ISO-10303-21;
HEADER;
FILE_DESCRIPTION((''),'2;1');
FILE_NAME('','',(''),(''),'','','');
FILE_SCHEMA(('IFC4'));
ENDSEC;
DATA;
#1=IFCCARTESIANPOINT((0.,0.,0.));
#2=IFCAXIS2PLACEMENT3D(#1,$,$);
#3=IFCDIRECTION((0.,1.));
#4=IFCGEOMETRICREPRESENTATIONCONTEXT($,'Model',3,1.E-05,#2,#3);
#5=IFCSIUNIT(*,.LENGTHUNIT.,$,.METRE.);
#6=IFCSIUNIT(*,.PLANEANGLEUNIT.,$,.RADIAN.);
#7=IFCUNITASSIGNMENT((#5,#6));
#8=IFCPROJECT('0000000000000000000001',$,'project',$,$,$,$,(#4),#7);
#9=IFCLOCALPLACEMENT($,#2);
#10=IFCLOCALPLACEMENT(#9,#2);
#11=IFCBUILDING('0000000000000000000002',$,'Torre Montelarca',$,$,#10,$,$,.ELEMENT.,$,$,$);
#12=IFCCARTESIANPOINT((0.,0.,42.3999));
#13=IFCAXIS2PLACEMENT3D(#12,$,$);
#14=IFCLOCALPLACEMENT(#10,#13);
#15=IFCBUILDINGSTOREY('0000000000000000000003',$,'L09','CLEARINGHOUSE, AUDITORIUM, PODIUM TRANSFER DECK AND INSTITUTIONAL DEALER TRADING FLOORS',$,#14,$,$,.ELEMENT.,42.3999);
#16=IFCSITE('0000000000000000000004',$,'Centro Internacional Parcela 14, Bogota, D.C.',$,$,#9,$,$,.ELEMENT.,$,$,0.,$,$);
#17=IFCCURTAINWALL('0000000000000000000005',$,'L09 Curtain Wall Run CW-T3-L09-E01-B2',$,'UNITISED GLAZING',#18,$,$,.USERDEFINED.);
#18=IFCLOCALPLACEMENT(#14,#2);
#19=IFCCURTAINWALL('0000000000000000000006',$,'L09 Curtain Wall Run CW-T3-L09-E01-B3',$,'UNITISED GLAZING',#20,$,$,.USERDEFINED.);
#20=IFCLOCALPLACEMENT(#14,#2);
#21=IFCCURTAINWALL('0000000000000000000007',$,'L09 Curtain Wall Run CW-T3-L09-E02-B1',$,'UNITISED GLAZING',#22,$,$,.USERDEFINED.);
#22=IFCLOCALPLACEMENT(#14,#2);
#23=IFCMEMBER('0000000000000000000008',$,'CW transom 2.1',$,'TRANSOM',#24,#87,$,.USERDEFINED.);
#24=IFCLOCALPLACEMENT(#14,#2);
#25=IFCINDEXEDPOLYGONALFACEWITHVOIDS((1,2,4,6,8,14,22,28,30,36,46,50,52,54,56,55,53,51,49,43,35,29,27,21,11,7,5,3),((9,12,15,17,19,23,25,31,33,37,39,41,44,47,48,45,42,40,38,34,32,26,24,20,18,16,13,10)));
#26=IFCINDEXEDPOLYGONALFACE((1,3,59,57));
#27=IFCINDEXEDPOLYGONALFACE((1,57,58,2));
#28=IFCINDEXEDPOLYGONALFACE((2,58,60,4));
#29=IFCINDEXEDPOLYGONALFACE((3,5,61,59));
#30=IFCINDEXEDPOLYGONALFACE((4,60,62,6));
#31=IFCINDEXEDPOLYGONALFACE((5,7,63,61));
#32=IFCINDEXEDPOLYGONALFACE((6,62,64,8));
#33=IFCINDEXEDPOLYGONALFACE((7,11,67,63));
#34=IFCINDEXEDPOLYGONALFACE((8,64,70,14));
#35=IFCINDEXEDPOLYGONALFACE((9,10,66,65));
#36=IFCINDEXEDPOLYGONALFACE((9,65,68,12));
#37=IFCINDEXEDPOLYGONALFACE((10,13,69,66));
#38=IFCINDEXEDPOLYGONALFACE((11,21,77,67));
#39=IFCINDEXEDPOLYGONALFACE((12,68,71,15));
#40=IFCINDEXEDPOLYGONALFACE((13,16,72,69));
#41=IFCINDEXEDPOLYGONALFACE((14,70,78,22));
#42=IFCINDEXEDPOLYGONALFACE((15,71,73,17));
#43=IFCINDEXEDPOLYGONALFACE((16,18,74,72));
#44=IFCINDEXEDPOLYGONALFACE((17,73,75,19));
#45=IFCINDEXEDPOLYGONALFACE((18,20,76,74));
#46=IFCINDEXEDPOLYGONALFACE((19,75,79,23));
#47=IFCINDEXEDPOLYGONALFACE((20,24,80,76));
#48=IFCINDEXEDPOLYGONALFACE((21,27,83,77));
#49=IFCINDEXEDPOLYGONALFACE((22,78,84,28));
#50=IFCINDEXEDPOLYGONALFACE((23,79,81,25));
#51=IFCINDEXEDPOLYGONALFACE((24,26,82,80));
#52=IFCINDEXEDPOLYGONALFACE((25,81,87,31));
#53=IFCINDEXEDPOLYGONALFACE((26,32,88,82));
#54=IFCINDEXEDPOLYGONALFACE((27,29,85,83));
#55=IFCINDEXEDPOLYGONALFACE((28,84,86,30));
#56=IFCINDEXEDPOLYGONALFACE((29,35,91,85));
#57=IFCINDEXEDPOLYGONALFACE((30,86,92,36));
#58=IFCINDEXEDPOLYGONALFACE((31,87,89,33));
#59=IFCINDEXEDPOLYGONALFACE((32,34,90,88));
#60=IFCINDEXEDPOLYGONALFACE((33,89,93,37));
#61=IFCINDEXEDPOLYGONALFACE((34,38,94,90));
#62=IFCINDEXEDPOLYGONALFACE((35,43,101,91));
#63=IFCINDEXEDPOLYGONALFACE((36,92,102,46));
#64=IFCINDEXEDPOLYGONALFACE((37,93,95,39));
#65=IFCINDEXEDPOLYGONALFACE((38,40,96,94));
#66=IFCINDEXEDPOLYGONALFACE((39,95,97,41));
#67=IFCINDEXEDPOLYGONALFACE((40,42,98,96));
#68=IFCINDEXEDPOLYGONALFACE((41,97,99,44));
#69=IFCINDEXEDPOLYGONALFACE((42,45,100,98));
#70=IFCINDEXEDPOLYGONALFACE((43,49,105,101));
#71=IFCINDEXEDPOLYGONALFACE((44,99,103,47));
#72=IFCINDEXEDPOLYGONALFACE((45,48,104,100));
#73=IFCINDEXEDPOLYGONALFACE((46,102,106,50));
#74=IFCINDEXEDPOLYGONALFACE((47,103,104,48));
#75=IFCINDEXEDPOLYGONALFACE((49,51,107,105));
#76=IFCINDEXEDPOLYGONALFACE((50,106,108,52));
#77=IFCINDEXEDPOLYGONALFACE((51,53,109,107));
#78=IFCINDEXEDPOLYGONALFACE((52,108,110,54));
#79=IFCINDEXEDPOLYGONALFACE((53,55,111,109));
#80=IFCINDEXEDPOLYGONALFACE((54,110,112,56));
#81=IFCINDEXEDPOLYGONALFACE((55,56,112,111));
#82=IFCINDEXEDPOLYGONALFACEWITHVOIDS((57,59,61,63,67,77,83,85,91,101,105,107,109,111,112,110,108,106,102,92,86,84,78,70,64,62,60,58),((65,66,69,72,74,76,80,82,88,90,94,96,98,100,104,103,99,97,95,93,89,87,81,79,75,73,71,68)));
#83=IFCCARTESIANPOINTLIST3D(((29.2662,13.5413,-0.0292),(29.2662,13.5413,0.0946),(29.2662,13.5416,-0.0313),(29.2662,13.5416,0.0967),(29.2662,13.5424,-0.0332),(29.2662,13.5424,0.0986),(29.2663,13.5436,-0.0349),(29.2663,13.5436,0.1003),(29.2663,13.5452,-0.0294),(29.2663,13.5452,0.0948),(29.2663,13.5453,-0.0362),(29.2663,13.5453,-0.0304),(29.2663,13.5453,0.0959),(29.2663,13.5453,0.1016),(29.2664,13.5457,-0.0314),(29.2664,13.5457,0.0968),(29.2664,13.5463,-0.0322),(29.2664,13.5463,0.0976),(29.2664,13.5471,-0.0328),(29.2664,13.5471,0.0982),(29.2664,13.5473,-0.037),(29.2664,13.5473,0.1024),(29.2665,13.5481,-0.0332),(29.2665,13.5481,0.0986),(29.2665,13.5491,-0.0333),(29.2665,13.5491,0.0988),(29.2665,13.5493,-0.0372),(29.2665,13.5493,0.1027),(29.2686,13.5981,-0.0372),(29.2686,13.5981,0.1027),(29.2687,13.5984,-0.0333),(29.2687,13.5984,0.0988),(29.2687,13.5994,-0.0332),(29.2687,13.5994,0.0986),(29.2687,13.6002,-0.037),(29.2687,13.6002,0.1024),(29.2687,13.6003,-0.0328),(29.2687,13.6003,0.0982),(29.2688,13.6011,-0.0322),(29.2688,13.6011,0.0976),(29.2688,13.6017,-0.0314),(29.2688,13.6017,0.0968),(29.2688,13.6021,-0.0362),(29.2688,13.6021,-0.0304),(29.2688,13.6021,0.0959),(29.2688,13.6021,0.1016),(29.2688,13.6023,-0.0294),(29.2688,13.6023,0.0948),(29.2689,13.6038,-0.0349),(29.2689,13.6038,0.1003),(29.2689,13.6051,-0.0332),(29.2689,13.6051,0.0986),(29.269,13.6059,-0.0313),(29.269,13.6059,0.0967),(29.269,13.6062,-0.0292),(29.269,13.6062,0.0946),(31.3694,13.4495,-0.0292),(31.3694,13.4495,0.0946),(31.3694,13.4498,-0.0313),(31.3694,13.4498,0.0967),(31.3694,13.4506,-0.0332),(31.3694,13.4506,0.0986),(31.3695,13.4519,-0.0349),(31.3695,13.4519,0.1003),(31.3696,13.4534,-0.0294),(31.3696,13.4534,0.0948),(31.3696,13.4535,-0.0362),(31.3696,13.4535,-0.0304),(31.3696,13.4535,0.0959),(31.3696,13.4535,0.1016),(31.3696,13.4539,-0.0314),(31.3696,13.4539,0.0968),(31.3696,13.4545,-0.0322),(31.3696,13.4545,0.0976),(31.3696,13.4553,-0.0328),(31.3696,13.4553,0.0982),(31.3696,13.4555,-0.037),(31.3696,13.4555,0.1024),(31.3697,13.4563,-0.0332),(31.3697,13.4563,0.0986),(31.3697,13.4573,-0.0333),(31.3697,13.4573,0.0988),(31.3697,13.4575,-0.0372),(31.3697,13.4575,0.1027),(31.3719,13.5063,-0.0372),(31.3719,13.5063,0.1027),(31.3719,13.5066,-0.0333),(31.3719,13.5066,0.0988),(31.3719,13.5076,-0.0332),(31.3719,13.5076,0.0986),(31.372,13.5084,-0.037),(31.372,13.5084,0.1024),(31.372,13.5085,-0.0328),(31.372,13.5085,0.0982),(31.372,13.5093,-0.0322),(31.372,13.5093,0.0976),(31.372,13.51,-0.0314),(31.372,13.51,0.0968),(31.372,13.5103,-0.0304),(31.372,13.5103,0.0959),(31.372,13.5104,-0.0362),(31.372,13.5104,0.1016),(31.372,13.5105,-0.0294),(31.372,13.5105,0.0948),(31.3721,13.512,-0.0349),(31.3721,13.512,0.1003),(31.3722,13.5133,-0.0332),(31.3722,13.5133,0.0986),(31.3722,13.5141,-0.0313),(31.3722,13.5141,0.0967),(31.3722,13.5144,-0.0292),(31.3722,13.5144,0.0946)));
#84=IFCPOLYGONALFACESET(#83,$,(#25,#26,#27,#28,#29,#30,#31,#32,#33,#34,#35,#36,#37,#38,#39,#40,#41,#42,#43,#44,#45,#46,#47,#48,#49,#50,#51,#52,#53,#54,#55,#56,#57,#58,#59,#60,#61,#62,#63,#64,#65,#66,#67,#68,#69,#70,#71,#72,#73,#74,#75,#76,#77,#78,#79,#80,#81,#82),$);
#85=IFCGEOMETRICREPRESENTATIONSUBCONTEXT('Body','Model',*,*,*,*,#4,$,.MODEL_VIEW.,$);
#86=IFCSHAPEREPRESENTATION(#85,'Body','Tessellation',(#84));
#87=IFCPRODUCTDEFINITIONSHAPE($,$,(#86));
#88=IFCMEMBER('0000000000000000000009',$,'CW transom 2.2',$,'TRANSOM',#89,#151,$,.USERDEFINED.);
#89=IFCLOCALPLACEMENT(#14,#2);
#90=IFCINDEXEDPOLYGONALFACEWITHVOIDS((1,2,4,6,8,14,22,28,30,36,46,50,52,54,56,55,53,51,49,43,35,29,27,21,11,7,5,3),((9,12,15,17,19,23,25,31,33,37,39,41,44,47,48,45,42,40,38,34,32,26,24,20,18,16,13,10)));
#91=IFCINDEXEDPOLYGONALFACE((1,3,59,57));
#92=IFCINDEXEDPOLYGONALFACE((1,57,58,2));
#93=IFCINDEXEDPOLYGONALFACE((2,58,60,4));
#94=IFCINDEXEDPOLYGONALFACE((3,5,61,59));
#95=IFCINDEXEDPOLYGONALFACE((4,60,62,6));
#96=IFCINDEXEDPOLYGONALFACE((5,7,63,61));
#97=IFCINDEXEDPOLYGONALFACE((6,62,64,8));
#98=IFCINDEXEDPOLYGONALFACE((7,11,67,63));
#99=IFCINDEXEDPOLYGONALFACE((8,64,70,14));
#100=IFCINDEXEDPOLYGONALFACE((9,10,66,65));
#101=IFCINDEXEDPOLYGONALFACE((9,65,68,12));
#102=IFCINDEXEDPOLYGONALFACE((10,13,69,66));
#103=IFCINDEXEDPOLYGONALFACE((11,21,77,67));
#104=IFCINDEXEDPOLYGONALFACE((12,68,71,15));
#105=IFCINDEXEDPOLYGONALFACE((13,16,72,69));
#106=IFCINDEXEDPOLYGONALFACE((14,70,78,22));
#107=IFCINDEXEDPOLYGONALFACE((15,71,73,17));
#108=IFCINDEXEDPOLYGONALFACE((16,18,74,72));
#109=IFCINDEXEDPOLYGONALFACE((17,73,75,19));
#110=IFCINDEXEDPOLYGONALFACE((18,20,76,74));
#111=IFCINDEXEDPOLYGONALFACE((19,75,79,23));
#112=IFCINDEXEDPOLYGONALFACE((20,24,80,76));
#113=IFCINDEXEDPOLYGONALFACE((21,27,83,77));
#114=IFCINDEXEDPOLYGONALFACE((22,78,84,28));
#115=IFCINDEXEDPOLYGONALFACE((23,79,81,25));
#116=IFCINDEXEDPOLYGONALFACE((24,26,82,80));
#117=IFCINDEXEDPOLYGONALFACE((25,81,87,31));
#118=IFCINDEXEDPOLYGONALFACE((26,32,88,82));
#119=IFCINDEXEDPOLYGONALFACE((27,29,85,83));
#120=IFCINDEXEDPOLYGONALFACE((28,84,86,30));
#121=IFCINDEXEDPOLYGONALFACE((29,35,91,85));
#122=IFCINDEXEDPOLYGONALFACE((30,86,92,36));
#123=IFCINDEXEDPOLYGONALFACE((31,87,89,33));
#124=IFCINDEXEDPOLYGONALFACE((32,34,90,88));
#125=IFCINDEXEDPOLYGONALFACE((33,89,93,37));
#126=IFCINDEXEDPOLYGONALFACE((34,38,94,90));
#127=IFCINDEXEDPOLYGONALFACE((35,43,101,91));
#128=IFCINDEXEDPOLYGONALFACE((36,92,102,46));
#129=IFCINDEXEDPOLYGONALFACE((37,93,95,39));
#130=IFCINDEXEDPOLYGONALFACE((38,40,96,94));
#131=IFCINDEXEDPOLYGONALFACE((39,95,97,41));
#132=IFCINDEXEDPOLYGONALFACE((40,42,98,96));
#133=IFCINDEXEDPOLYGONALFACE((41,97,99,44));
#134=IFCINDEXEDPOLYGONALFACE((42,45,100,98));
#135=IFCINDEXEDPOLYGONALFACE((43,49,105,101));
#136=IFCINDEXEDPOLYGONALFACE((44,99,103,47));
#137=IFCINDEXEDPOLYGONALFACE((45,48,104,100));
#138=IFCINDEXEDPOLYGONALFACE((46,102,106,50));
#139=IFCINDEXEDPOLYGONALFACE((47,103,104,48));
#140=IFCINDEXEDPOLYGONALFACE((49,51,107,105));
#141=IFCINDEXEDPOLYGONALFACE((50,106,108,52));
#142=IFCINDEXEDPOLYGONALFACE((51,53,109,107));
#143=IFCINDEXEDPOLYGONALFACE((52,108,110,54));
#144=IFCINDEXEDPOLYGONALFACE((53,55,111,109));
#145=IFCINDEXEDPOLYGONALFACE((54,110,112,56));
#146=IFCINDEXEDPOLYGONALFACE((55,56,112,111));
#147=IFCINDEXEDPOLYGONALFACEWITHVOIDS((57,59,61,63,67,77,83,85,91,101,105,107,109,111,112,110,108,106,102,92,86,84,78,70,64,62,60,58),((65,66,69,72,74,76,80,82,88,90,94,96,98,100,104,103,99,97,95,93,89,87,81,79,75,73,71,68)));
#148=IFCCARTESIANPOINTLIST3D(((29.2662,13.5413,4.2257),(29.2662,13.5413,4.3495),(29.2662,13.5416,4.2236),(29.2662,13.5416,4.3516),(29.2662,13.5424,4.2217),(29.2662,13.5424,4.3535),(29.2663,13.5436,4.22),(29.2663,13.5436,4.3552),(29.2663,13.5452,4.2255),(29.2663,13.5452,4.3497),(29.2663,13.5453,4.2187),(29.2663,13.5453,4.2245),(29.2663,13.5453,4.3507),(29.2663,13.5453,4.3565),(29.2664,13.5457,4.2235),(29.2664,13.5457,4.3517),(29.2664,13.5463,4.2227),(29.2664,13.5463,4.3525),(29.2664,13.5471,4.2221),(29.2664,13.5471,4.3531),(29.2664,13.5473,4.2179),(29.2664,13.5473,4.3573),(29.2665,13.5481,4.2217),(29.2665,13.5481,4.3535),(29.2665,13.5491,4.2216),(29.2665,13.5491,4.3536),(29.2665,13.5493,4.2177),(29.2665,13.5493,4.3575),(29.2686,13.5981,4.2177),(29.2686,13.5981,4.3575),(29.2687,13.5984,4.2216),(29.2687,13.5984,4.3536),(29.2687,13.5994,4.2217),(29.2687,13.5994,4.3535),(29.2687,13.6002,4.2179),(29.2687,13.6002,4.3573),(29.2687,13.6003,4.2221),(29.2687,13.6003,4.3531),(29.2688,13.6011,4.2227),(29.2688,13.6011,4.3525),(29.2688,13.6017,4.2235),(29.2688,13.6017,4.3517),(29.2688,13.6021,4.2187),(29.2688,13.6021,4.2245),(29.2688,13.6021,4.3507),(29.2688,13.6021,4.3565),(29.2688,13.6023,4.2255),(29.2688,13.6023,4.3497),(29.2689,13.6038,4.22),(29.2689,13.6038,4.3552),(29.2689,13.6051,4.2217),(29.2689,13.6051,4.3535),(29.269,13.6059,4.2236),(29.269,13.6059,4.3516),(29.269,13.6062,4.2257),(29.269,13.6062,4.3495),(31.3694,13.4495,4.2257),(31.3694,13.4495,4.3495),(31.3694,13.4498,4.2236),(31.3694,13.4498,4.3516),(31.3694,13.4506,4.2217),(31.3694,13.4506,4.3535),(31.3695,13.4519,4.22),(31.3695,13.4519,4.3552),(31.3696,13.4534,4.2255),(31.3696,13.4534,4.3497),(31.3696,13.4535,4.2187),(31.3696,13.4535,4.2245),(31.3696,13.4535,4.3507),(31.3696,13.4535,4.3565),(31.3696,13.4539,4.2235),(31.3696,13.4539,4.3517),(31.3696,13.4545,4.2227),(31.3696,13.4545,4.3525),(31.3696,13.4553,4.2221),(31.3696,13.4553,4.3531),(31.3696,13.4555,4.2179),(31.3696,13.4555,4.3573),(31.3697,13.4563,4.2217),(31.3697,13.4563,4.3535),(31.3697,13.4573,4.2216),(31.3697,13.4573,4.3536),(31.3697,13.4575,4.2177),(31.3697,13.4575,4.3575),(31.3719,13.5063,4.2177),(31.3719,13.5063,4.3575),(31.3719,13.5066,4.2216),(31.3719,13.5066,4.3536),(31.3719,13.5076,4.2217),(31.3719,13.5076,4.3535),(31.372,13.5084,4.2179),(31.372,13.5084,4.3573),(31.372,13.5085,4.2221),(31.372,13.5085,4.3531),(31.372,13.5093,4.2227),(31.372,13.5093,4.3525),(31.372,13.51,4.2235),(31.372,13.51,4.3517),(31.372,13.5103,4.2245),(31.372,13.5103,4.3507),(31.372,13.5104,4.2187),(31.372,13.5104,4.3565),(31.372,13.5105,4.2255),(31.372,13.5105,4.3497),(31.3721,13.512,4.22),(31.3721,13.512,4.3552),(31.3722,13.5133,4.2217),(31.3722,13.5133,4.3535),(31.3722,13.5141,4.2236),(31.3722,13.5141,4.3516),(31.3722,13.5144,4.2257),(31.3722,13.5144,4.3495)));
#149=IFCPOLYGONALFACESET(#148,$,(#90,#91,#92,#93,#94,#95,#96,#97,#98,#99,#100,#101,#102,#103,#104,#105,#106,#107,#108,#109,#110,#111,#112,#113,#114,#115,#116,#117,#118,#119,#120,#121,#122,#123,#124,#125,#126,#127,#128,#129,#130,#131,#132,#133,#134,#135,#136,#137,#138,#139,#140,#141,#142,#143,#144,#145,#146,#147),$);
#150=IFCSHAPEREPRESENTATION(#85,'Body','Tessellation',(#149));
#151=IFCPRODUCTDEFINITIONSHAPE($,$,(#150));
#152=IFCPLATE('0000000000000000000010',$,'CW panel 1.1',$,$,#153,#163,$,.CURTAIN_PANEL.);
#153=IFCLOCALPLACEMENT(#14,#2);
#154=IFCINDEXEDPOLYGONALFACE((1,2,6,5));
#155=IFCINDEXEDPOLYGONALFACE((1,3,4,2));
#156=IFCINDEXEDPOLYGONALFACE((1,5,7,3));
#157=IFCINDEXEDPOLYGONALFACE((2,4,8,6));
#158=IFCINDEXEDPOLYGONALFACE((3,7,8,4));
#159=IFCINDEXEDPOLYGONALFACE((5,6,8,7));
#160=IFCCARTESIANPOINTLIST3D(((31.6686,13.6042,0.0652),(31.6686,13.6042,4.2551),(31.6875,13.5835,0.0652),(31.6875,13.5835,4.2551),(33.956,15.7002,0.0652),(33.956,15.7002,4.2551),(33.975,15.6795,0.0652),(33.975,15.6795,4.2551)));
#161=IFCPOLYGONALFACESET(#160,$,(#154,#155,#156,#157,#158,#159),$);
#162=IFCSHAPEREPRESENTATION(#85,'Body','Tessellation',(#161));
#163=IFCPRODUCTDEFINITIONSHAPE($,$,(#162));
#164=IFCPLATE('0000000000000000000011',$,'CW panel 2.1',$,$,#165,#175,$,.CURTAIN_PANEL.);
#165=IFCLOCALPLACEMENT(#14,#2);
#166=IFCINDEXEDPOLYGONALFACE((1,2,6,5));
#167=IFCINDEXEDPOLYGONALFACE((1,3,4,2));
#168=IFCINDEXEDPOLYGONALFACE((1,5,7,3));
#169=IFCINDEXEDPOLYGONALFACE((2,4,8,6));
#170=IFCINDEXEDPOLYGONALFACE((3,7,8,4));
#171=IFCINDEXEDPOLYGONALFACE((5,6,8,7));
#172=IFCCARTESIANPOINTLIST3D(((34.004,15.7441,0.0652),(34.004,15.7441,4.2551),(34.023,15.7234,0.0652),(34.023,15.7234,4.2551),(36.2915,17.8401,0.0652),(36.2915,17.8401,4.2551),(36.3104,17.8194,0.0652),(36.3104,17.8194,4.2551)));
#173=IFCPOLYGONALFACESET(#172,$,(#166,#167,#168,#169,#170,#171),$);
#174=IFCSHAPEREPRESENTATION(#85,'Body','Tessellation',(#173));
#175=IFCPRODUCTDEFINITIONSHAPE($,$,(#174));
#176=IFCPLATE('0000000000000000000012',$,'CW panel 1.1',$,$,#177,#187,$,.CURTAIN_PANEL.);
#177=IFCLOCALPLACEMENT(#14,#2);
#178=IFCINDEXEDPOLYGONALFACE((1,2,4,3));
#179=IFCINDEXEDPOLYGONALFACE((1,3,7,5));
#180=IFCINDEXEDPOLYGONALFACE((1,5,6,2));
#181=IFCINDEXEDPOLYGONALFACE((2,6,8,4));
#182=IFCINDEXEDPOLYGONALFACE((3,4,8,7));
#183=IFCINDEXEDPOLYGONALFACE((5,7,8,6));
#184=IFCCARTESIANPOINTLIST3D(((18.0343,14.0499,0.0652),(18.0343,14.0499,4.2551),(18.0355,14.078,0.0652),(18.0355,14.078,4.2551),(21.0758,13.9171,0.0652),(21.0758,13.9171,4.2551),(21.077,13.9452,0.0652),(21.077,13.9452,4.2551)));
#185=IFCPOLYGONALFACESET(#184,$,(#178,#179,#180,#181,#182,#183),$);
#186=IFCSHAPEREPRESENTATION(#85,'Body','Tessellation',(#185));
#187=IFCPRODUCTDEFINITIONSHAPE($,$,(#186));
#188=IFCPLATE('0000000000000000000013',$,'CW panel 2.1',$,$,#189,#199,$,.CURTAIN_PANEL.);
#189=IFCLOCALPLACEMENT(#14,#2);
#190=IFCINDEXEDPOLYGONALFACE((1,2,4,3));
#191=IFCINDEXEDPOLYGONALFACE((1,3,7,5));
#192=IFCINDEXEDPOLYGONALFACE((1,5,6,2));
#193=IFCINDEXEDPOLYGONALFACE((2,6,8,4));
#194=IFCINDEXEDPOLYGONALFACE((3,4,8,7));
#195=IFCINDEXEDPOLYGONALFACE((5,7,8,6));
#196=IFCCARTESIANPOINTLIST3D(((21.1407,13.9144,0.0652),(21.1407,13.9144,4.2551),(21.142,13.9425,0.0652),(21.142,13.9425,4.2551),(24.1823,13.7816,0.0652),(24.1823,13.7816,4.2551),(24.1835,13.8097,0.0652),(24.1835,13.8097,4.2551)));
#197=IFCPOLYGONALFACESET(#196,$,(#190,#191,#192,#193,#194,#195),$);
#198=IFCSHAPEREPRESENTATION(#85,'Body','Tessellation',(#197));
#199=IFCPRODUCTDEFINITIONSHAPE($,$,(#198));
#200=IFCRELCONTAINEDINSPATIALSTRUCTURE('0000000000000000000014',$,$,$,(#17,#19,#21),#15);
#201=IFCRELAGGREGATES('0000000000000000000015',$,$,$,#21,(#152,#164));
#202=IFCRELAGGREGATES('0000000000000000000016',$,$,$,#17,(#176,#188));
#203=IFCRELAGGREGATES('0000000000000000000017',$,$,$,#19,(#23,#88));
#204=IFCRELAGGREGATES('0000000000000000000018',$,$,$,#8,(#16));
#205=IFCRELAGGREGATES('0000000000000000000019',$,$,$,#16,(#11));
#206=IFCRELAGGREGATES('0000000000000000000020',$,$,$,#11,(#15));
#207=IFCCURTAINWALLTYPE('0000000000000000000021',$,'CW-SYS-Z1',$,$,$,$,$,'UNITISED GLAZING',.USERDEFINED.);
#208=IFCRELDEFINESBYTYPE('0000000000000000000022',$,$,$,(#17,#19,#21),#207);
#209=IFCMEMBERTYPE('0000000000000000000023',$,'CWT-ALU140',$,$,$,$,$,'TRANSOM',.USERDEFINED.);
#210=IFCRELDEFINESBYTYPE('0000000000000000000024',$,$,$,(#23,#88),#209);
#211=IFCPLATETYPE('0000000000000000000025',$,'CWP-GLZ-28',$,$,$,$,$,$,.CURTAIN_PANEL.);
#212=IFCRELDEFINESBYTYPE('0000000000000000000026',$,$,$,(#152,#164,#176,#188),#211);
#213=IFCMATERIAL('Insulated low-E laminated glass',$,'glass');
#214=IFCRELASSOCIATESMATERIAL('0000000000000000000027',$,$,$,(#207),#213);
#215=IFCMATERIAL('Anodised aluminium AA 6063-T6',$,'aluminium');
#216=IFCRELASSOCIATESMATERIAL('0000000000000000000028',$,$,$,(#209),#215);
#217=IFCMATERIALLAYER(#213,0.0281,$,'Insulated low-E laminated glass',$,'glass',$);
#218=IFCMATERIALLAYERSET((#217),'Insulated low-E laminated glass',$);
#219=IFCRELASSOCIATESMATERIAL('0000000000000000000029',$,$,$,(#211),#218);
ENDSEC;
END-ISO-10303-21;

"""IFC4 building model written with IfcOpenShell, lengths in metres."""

from ifc_helpers import new_model, si_unit, direction, frame, origin, origin_2d, place, context, subcontext, project, spatial, rectangle, hollow_rectangle, extrude, source, transform, mapped, material, layer, layer_set, material_profile, profile_set, type_object, element, aggregate, save


model = new_model("IFC4")

# Units and contexts
model_context = context("Model", 3, precision=1e-05, world=origin(), true_north=direction((0.0, 1.0)))
body_context = subcontext(model_context, "Body", "Model", "MODEL_VIEW")
ifc_project = project(units=[si_unit("LENGTHUNIT", "METRE"), si_unit("PLANEANGLEUNIT", "RADIAN")], contexts=[model_context])

# Site, building, storey
site_placement = place(None, origin())
site = spatial("IfcSite", under=ifc_project, at=site_placement, Name="Centro Internacional Parcela 14, Bogota, D.C.", CompositionType="ELEMENT", RefElevation=0.0)
building_placement = place(site_placement, origin())
building = spatial("IfcBuilding", under=site, at=building_placement, Name="Torre Montelarca", CompositionType="ELEMENT")
storey_placement = place(building_placement, frame((0.0, 0.0, 42.3999)))
storey = spatial("IfcBuildingStorey", under=building, at=storey_placement, Name="L09", Description="CLEARINGHOUSE, AUDITORIUM, PODIUM TRANSFER DECK AND INSTITUTIONAL DEALER TRADING FLOORS", CompositionType="ELEMENT", Elevation=42.3999)

# Curtain walls
ifc_material_1 = material(Name="Insulated low-E laminated glass", Category="glass")
curtain_wall_type = type_object("IfcCurtainWallType", Name="CW-SYS-Z1", ElementType="UNITISED GLAZING", PredefinedType="USERDEFINED", material=ifc_material_1)
curtain_wall_1_placement = place(storey_placement, origin())
curtain_wall_1 = element("IfcCurtainWall", 1, at=curtain_wall_1_placement, inside=storey, type_object=curtain_wall_type, Name="L09 Curtain Wall Run CW-T3-L09-E01-B2", ObjectType="UNITISED GLAZING", PredefinedType="USERDEFINED")
ifc_material_2 = material(Name="Anodised aluminium AA 6063-T6", Category="aluminium")
curtain_wall_2_placement = place(storey_placement, origin())
curtain_wall_2 = element("IfcCurtainWall", 2, at=curtain_wall_2_placement, inside=storey, type_object=curtain_wall_type, Name="L09 Curtain Wall Run CW-T3-L09-E01-B3", ObjectType="UNITISED GLAZING", PredefinedType="USERDEFINED")
curtain_wall_3_placement = place(storey_placement, origin())
curtain_wall_3 = element("IfcCurtainWall", 3, at=curtain_wall_3_placement, inside=storey, type_object=curtain_wall_type, Name="L09 Curtain Wall Run CW-T3-L09-E02-B1", ObjectType="UNITISED GLAZING", PredefinedType="USERDEFINED")
ifc_material_profile_1 = material_profile(ifc_material_2, hollow_rectangle(XDim=0.0649, YDim=0.1399, WallThickness=0.0039, InnerFilletRadius=0.0039, OuterFilletRadius=0.0081, at=origin_2d()), Name="ALU65X140X4", Category="aluminium")
ifc_profile_set_1 = profile_set([ifc_material_profile_1], Name="Anodised aluminium AA 6063-T6")
member_type_1 = type_object("IfcMemberType", Name="CWT-ALU140", ElementType="TRANSOM", PredefinedType="USERDEFINED", material=ifc_profile_set_1)

# Members
shared_shape_1 = source(origin(), body_context, "Body", "SweptSolid", [
    extrude(hollow_rectangle(XDim=0.0649, YDim=0.1399, WallThickness=0.0039, InnerFilletRadius=0.0039, OuterFilletRadius=0.0081, at=origin_2d()), origin(), (0.0, 0.0, 1.0), 2.1052),
])
member_1_placement = place(storey_placement, frame((29.2676, 13.5737, 0.0327), z_axis=(0.999049, -0.043603, 0.0), x_axis=(0.043603, 0.999049, 0.0)))
member_1 = element("IfcMember", 4, at=member_1_placement, type_object=member_type_1, Name="CW transom 2.1", ObjectType="TRANSOM", PredefinedType="USERDEFINED", context=body_context, shape_type="MappedRepresentation", body=[
    mapped(shared_shape_1, transform((0.0, 0.0, 0.0), scale=1.0)),
])
member_2_placement = place(storey_placement, frame((29.2676, 13.5737, 4.2876), z_axis=(0.999049, -0.043603, 0.0), x_axis=(0.043603, 0.999049, 0.0)))
member_2 = element("IfcMember", 5, at=member_2_placement, type_object=member_type_1, Name="CW transom 2.2", ObjectType="TRANSOM", PredefinedType="USERDEFINED", context=body_context, shape_type="MappedRepresentation", body=[
    mapped(shared_shape_1, transform((0.0, 0.0, 0.0), scale=1.0)),
])

# Plates
ifc_layer_1 = layer(ifc_material_1, 0.0281, Name="Insulated low-E laminated glass", Category="glass")
ifc_layer_set_1 = layer_set([ifc_layer_1], Name="Insulated low-E laminated glass")
plate_type = type_object("IfcPlateType", Name="CWP-GLZ-28", PredefinedType="CURTAIN_PANEL", material=ifc_layer_set_1)
shared_shape_2 = source(origin(), body_context, "Body", "SweptSolid", [
    extrude(rectangle(XDim=3.1025, YDim=0.0281, at=origin_2d()), origin(), (0.0, 0.0, 1.0), 4.1899),
])
plate_1_placement = place(storey_placement, frame((32.8218, 14.6418, 0.0652), z_axis=(0.0, 0.0, 1.0), x_axis=(0.737292, 0.675575, 0.0)))
plate_1 = element("IfcPlate", 6, at=plate_1_placement, type_object=plate_type, Name="CW panel 1.1", PredefinedType="CURTAIN_PANEL", context=body_context, shape_type="MappedRepresentation", body=[
    mapped(shared_shape_2, transform((0.0, 0.0, 0.0), scale=1.0)),
])
plate_2_placement = place(storey_placement, frame((35.1572, 16.7817, 0.0652), z_axis=(0.0, 0.0, 1.0), x_axis=(0.737292, 0.675575, 0.0)))
plate_2 = element("IfcPlate", 7, at=plate_2_placement, type_object=plate_type, Name="CW panel 2.1", PredefinedType="CURTAIN_PANEL", context=body_context, shape_type="MappedRepresentation", body=[
    mapped(shared_shape_2, transform((0.0, 0.0, 0.0), scale=1.0)),
])
aggregate(curtain_wall_3, [plate_1, plate_2])
shared_shape_3 = source(origin(), body_context, "Body", "SweptSolid", [
    extrude(rectangle(XDim=3.0444, YDim=0.0281, at=origin_2d()), origin(), (0.0, 0.0, 1.0), 4.1899),
])
plate_3_placement = place(storey_placement, frame((19.5557, 13.9976, 0.0652), z_axis=(0.0, 0.0, 1.0), x_axis=(0.999048, -0.04362, 0.0)))
plate_3 = element("IfcPlate", 8, at=plate_3_placement, type_object=plate_type, Name="CW panel 1.1", PredefinedType="CURTAIN_PANEL", context=body_context, shape_type="MappedRepresentation", body=[
    mapped(shared_shape_3, transform((0.0, 0.0, 0.0), scale=1.0)),
])
plate_4_placement = place(storey_placement, frame((22.6621, 13.8621, 0.0652), z_axis=(0.0, 0.0, 1.0), x_axis=(0.999048, -0.04362, 0.0)))
plate_4 = element("IfcPlate", 9, at=plate_4_placement, type_object=plate_type, Name="CW panel 2.1", PredefinedType="CURTAIN_PANEL", context=body_context, shape_type="MappedRepresentation", body=[
    mapped(shared_shape_3, transform((0.0, 0.0, 0.0), scale=1.0)),
])
aggregate(curtain_wall_1, [plate_3, plate_4])
aggregate(curtain_wall_2, [member_1, member_2])

save(model, "model.ifc")
